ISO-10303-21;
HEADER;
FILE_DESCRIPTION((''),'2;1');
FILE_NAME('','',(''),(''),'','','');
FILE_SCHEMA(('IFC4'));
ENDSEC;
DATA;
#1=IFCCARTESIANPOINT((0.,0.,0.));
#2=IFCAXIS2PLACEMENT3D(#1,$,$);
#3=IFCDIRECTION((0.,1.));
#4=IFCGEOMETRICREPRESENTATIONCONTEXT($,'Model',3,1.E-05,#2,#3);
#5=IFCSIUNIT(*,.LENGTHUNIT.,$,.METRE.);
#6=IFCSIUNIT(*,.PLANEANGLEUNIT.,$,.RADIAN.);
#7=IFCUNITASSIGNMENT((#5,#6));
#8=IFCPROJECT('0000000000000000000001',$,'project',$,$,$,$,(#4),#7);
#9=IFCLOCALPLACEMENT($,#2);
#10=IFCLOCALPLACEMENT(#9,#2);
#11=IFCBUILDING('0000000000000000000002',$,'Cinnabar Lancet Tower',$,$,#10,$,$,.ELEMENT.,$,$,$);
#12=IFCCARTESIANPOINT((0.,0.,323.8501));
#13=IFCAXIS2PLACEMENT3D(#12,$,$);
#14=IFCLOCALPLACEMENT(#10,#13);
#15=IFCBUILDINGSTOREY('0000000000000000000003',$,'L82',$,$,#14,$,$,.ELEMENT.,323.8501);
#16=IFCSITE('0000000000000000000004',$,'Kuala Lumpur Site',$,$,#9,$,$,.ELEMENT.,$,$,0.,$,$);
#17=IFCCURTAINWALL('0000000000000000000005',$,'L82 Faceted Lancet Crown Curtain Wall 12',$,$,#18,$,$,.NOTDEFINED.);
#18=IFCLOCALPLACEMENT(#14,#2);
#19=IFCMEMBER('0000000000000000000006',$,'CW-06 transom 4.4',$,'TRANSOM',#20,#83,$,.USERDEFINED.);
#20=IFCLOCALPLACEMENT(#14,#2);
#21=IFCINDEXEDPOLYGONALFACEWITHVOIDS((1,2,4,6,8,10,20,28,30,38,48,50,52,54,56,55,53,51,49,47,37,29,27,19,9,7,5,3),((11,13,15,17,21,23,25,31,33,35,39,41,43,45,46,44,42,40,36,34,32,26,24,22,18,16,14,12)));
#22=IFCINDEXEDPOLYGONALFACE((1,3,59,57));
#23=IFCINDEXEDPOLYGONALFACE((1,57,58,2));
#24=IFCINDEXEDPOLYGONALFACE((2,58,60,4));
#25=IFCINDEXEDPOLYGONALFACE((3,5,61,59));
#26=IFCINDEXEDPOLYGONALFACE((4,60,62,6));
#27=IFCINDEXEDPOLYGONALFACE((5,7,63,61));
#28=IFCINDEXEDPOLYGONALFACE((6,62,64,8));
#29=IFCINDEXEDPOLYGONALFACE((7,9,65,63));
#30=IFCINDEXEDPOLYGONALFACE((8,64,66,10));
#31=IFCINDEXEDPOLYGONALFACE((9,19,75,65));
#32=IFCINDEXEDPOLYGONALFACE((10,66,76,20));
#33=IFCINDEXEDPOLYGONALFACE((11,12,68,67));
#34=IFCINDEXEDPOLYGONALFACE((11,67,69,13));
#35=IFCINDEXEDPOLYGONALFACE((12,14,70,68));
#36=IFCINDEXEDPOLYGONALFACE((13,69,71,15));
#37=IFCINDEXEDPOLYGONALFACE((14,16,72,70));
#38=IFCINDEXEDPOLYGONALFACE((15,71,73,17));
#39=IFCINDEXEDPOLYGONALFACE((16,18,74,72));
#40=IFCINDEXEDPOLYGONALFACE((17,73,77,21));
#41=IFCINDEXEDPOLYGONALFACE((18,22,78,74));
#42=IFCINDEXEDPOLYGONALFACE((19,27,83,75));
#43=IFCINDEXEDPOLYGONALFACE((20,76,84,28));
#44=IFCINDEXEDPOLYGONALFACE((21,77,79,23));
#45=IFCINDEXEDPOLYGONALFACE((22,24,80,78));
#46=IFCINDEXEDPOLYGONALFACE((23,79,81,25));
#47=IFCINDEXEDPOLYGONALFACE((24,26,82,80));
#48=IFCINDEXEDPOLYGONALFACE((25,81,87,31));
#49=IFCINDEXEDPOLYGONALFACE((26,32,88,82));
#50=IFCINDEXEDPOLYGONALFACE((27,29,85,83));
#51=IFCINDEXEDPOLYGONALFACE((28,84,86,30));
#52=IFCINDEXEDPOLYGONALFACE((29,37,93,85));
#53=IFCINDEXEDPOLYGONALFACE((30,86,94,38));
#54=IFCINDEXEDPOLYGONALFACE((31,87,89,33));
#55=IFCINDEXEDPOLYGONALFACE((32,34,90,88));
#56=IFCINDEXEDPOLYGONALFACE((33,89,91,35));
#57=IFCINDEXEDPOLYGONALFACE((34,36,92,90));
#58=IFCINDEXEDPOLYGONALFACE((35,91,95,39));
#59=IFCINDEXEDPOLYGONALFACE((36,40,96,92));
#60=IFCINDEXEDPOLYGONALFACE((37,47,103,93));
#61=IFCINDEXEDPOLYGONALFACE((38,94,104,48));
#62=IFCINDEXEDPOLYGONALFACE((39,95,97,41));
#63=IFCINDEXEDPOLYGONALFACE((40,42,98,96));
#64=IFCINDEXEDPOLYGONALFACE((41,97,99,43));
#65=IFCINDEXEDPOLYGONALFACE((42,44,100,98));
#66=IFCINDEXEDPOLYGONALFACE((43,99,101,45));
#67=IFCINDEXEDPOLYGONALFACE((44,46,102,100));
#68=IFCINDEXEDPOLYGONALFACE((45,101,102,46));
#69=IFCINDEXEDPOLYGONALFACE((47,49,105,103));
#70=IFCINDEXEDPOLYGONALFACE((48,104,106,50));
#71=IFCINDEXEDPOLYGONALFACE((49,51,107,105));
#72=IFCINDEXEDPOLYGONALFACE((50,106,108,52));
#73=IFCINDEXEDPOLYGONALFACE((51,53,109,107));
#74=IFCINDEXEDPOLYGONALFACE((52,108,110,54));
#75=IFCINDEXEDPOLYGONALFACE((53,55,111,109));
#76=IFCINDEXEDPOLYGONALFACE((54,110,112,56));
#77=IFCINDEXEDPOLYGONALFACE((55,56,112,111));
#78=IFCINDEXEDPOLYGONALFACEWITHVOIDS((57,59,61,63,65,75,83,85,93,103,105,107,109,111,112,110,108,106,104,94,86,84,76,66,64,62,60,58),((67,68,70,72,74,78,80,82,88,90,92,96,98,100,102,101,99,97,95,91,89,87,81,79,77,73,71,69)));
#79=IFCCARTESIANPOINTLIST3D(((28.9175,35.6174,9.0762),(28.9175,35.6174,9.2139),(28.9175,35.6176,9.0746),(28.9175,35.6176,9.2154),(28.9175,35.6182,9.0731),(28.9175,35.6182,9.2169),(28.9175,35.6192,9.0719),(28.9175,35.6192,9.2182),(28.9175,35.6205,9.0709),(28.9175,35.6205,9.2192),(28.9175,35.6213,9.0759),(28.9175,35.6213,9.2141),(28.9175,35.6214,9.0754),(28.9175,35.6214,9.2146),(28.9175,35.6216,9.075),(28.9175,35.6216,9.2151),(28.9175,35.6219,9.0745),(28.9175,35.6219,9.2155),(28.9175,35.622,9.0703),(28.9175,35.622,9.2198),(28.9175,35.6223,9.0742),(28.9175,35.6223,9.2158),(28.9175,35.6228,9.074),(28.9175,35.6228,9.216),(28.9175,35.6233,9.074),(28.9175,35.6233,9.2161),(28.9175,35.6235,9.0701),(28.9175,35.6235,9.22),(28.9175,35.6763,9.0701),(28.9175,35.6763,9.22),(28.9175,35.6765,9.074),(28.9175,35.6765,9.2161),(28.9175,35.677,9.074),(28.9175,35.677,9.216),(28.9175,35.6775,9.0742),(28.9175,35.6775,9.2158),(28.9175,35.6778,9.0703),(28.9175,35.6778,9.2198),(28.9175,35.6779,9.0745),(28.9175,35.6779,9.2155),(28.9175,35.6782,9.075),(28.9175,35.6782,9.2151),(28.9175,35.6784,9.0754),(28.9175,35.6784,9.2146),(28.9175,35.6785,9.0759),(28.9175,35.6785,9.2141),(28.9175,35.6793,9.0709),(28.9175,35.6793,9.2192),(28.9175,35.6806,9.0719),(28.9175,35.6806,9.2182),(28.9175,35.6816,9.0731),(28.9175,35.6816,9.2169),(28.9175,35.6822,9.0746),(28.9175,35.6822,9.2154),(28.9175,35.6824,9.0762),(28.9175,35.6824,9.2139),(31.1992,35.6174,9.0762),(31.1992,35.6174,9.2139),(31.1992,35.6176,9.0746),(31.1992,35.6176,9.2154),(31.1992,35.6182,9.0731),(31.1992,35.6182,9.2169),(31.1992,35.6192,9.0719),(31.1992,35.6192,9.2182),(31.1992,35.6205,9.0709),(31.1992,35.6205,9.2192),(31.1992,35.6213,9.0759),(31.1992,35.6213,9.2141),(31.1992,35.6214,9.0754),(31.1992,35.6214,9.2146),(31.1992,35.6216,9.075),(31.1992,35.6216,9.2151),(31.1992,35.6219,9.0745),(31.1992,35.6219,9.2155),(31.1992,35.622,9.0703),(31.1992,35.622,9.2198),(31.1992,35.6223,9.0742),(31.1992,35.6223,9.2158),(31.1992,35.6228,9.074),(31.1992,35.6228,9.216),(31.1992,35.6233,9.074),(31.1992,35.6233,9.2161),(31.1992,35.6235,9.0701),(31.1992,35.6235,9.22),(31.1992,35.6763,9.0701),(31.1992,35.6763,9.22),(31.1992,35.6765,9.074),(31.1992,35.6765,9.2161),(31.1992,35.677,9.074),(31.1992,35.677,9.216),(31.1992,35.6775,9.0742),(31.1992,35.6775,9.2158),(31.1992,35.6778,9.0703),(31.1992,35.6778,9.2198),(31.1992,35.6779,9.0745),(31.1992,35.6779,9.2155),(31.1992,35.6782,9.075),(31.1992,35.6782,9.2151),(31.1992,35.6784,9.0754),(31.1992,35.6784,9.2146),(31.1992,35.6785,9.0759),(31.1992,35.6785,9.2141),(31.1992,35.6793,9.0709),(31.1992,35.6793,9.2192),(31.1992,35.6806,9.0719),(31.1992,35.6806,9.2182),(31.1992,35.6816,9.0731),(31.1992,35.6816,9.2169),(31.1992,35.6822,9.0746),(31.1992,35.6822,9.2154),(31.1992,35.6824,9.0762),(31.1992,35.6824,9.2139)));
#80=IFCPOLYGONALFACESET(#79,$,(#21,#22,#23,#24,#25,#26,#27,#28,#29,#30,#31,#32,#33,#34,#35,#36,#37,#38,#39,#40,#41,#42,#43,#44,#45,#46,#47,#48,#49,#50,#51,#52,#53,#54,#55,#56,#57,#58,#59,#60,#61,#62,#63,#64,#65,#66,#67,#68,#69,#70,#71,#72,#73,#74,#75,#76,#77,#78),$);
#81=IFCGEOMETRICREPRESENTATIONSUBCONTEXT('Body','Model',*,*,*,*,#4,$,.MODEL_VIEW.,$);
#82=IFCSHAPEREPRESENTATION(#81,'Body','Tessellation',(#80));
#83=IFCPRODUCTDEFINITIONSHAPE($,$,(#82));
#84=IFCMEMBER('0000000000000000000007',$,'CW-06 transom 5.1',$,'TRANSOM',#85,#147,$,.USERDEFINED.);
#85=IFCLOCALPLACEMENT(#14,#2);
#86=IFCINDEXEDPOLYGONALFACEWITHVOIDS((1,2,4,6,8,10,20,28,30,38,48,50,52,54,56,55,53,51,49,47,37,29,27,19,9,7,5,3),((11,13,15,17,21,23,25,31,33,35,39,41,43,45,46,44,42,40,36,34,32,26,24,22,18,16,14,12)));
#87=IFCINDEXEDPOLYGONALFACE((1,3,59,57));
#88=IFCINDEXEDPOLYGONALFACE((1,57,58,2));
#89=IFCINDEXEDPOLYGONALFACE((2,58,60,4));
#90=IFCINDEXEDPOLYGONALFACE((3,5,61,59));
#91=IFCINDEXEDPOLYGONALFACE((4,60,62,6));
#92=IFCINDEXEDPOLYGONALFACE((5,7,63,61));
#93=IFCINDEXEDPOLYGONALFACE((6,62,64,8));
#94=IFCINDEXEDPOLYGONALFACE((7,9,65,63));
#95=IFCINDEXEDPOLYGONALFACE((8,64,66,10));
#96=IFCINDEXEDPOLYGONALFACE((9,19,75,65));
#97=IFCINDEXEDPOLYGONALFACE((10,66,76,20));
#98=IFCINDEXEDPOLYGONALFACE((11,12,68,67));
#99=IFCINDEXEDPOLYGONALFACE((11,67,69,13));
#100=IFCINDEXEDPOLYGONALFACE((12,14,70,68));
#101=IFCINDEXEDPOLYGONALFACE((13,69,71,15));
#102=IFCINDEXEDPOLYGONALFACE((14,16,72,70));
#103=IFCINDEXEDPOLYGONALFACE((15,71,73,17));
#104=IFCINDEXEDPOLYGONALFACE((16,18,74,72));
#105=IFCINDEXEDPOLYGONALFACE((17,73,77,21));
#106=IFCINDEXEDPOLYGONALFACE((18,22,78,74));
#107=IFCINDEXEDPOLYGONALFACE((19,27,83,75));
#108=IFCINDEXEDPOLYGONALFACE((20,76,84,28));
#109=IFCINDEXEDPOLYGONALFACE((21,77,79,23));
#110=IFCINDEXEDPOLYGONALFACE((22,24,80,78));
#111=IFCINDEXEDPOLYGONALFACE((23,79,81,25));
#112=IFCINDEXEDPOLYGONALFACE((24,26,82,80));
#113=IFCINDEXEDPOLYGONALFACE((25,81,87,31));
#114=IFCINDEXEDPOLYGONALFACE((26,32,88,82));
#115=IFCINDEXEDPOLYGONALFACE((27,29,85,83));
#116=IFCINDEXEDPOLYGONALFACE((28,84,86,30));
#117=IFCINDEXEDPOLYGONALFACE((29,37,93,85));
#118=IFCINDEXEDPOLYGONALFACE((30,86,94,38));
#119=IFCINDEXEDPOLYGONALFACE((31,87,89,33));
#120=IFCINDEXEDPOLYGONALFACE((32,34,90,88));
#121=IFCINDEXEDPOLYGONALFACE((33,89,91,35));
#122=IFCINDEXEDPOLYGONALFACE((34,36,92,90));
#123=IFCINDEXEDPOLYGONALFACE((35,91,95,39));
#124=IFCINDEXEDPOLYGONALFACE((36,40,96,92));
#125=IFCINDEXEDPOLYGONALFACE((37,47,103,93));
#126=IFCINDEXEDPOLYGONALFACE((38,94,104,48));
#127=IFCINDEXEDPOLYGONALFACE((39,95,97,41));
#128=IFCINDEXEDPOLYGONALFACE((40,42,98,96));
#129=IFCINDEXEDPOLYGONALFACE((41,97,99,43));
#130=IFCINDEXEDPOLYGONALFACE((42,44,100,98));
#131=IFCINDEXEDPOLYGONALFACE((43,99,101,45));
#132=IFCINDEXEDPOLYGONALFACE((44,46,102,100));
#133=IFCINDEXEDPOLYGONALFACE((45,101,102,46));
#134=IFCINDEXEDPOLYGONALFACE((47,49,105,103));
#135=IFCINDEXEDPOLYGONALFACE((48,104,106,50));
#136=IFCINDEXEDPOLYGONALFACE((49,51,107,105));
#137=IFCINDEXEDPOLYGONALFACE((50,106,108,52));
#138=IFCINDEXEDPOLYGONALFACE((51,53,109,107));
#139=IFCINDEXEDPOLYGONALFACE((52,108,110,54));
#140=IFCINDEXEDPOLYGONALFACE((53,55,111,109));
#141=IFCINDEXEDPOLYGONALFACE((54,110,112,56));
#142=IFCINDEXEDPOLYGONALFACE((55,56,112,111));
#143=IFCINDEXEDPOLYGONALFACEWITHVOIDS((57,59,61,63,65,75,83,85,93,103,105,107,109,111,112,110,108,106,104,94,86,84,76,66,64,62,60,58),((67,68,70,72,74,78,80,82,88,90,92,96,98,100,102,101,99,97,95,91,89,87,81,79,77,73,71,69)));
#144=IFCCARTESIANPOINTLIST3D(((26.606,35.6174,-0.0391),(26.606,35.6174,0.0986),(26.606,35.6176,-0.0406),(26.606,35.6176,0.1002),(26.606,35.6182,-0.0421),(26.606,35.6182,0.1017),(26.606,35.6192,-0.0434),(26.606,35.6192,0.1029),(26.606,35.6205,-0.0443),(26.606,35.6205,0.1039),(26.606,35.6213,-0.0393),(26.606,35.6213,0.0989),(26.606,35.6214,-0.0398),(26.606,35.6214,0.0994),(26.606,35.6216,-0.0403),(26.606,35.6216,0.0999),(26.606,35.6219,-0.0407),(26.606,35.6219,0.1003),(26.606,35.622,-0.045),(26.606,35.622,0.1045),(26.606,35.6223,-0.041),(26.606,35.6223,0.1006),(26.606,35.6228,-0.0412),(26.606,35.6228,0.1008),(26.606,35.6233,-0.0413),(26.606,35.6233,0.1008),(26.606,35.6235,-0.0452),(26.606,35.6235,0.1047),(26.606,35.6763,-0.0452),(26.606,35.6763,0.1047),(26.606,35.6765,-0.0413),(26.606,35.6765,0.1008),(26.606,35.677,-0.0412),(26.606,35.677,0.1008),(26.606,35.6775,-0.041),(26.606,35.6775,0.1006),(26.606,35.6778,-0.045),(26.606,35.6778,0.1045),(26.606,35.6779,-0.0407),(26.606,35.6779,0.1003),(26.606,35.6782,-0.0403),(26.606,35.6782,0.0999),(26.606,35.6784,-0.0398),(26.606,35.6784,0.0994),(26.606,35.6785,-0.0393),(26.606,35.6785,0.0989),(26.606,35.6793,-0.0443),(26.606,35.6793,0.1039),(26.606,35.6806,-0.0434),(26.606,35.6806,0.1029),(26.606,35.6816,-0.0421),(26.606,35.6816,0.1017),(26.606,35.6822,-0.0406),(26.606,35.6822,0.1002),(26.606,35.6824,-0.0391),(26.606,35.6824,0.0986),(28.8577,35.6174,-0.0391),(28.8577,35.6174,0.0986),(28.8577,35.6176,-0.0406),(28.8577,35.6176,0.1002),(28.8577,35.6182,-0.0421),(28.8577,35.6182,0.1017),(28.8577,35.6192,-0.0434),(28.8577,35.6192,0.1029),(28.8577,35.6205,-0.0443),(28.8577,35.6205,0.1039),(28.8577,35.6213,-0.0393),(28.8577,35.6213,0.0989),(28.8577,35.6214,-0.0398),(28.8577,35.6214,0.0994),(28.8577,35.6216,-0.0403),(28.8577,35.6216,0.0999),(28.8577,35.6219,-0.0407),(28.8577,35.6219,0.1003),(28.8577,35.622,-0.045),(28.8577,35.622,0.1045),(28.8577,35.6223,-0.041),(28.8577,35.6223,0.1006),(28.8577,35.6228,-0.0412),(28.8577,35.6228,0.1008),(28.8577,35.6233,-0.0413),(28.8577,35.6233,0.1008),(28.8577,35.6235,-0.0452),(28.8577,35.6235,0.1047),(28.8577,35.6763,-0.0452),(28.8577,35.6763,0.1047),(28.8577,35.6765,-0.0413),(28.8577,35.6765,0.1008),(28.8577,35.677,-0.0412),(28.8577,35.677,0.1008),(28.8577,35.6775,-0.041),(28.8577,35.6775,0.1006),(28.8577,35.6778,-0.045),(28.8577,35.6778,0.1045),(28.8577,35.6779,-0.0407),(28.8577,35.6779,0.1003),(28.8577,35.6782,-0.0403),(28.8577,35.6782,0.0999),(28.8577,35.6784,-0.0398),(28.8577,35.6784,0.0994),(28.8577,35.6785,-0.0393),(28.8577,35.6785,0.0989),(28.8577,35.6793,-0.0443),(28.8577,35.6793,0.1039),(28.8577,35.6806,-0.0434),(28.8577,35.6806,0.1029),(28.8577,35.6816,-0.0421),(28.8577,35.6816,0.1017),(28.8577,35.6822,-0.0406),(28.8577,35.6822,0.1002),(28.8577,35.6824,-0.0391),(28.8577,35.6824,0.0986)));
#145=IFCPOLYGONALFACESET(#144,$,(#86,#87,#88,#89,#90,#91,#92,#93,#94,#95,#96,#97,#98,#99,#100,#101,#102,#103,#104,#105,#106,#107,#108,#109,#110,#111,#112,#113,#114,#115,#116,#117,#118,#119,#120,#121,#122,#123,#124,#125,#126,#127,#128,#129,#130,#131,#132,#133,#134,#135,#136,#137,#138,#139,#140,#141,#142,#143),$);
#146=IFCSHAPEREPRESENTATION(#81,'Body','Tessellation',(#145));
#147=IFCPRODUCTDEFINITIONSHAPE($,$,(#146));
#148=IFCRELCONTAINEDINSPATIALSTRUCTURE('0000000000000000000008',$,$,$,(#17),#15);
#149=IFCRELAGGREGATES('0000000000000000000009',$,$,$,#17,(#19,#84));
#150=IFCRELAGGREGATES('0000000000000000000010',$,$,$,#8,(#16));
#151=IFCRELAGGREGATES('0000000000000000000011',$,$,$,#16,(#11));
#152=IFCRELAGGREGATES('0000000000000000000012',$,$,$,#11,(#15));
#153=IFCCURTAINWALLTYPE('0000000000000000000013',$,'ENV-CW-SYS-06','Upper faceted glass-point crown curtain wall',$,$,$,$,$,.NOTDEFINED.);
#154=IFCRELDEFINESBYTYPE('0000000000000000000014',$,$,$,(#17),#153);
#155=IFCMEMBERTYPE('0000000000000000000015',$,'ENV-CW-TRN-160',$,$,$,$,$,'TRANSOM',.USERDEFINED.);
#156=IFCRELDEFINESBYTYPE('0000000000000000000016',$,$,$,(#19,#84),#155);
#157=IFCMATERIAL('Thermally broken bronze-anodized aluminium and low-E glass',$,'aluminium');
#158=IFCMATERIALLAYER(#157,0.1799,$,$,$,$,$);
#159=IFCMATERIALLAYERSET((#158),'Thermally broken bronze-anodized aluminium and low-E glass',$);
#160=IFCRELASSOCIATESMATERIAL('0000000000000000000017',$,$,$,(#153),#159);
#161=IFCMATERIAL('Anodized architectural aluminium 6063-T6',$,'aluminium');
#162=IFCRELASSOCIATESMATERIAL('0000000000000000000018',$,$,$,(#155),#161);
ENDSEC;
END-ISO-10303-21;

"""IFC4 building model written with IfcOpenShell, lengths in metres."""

from ifc_helpers import new_model, si_unit, direction, frame, origin, origin_2d, place, context, subcontext, project, spatial, hollow_rectangle, extrude, material, layer, layer_set, material_profile, profile_set, type_object, element, aggregate, save


model = new_model("IFC4")

# Units and contexts
model_context = context("Model", 3, precision=1e-05, world=origin(), true_north=direction((0.0, 1.0)))
body_context = subcontext(model_context, "Body", "Model", "MODEL_VIEW")
ifc_project = project(units=[si_unit("LENGTHUNIT", "METRE"), si_unit("PLANEANGLEUNIT", "RADIAN")], contexts=[model_context])

# Site, building, storey
site_placement = place(None, origin())
site = spatial("IfcSite", under=ifc_project, at=site_placement, Name="Kuala Lumpur Site", CompositionType="ELEMENT", RefElevation=0.0)
building_placement = place(site_placement, origin())
building = spatial("IfcBuilding", under=site, at=building_placement, Name="Cinnabar Lancet Tower", CompositionType="ELEMENT")
storey_placement = place(building_placement, frame((0.0, 0.0, 323.8501)))
storey = spatial("IfcBuildingStorey", under=building, at=storey_placement, Name="L82", CompositionType="ELEMENT", Elevation=323.8501)

# Curtain wall
ifc_material_1 = material(Name="Thermally broken bronze-anodized aluminium and low-E glass", Category="aluminium")
ifc_layer_1 = layer(ifc_material_1, 0.1799)
ifc_layer_set_1 = layer_set([ifc_layer_1], Name="Thermally broken bronze-anodized aluminium and low-E glass")
curtain_wall_type = type_object("IfcCurtainWallType", Name="ENV-CW-SYS-06", Description="Upper faceted glass-point crown curtain wall", PredefinedType="NOTDEFINED", material=ifc_layer_set_1)
curtain_wall_1_placement = place(storey_placement, origin())
curtain_wall_1 = element("IfcCurtainWall", 1, at=curtain_wall_1_placement, inside=storey, type_object=curtain_wall_type, Name="L82 Faceted Lancet Crown Curtain Wall 12", PredefinedType="NOTDEFINED")

# Members
ifc_material_2 = material(Name="Anodized architectural aluminium 6063-T6", Category="aluminium")
ifc_material_profile_1 = material_profile(ifc_material_2, hollow_rectangle(XDim=0.0649, YDim=0.1499, WallThickness=0.0039, InnerFilletRadius=0.002, OuterFilletRadius=0.0061, at=origin_2d()), Name="CW-TRN 150x65x4")
ifc_profile_set_1 = profile_set([ifc_material_profile_1], Name="Anodized architectural aluminium 6063-T6")
member_type_1 = type_object("IfcMemberType", Name="ENV-CW-TRN-160", ElementType="TRANSOM", PredefinedType="USERDEFINED", material=ifc_profile_set_1)
member_1_placement = place(storey_placement, frame((31.1992, 35.6499, 9.145), z_axis=(-1.0, 0.0, 0.0), x_axis=(0.0, -1.0, 0.0)))
member_1 = element("IfcMember", 2, at=member_1_placement, type_object=member_type_1, Name="CW-06 transom 4.4", ObjectType="TRANSOM", PredefinedType="USERDEFINED", context=body_context, shape_type="SweptSolid", body=[
    extrude(hollow_rectangle(XDim=0.0649, YDim=0.1499, WallThickness=0.0039, InnerFilletRadius=0.002, OuterFilletRadius=0.0061, at=origin_2d()), origin(), (0.0, 0.0, 1.0), 2.2817),
])
member_2_placement = place(storey_placement, frame((28.8577, 35.6499, 0.0298), z_axis=(-1.0, 0.0, 0.0), x_axis=(0.0, -1.0, 0.0)))
member_2 = element("IfcMember", 3, at=member_2_placement, type_object=member_type_1, Name="CW-06 transom 5.1", ObjectType="TRANSOM", PredefinedType="USERDEFINED", context=body_context, shape_type="SweptSolid", body=[
    extrude(hollow_rectangle(XDim=0.0649, YDim=0.1499, WallThickness=0.0039, InnerFilletRadius=0.002, OuterFilletRadius=0.0061, at=origin_2d()), origin(), (0.0, 0.0, 1.0), 2.2517),
])

aggregate(curtain_wall_1, [member_1, member_2])

save(model, "model.ifc")
